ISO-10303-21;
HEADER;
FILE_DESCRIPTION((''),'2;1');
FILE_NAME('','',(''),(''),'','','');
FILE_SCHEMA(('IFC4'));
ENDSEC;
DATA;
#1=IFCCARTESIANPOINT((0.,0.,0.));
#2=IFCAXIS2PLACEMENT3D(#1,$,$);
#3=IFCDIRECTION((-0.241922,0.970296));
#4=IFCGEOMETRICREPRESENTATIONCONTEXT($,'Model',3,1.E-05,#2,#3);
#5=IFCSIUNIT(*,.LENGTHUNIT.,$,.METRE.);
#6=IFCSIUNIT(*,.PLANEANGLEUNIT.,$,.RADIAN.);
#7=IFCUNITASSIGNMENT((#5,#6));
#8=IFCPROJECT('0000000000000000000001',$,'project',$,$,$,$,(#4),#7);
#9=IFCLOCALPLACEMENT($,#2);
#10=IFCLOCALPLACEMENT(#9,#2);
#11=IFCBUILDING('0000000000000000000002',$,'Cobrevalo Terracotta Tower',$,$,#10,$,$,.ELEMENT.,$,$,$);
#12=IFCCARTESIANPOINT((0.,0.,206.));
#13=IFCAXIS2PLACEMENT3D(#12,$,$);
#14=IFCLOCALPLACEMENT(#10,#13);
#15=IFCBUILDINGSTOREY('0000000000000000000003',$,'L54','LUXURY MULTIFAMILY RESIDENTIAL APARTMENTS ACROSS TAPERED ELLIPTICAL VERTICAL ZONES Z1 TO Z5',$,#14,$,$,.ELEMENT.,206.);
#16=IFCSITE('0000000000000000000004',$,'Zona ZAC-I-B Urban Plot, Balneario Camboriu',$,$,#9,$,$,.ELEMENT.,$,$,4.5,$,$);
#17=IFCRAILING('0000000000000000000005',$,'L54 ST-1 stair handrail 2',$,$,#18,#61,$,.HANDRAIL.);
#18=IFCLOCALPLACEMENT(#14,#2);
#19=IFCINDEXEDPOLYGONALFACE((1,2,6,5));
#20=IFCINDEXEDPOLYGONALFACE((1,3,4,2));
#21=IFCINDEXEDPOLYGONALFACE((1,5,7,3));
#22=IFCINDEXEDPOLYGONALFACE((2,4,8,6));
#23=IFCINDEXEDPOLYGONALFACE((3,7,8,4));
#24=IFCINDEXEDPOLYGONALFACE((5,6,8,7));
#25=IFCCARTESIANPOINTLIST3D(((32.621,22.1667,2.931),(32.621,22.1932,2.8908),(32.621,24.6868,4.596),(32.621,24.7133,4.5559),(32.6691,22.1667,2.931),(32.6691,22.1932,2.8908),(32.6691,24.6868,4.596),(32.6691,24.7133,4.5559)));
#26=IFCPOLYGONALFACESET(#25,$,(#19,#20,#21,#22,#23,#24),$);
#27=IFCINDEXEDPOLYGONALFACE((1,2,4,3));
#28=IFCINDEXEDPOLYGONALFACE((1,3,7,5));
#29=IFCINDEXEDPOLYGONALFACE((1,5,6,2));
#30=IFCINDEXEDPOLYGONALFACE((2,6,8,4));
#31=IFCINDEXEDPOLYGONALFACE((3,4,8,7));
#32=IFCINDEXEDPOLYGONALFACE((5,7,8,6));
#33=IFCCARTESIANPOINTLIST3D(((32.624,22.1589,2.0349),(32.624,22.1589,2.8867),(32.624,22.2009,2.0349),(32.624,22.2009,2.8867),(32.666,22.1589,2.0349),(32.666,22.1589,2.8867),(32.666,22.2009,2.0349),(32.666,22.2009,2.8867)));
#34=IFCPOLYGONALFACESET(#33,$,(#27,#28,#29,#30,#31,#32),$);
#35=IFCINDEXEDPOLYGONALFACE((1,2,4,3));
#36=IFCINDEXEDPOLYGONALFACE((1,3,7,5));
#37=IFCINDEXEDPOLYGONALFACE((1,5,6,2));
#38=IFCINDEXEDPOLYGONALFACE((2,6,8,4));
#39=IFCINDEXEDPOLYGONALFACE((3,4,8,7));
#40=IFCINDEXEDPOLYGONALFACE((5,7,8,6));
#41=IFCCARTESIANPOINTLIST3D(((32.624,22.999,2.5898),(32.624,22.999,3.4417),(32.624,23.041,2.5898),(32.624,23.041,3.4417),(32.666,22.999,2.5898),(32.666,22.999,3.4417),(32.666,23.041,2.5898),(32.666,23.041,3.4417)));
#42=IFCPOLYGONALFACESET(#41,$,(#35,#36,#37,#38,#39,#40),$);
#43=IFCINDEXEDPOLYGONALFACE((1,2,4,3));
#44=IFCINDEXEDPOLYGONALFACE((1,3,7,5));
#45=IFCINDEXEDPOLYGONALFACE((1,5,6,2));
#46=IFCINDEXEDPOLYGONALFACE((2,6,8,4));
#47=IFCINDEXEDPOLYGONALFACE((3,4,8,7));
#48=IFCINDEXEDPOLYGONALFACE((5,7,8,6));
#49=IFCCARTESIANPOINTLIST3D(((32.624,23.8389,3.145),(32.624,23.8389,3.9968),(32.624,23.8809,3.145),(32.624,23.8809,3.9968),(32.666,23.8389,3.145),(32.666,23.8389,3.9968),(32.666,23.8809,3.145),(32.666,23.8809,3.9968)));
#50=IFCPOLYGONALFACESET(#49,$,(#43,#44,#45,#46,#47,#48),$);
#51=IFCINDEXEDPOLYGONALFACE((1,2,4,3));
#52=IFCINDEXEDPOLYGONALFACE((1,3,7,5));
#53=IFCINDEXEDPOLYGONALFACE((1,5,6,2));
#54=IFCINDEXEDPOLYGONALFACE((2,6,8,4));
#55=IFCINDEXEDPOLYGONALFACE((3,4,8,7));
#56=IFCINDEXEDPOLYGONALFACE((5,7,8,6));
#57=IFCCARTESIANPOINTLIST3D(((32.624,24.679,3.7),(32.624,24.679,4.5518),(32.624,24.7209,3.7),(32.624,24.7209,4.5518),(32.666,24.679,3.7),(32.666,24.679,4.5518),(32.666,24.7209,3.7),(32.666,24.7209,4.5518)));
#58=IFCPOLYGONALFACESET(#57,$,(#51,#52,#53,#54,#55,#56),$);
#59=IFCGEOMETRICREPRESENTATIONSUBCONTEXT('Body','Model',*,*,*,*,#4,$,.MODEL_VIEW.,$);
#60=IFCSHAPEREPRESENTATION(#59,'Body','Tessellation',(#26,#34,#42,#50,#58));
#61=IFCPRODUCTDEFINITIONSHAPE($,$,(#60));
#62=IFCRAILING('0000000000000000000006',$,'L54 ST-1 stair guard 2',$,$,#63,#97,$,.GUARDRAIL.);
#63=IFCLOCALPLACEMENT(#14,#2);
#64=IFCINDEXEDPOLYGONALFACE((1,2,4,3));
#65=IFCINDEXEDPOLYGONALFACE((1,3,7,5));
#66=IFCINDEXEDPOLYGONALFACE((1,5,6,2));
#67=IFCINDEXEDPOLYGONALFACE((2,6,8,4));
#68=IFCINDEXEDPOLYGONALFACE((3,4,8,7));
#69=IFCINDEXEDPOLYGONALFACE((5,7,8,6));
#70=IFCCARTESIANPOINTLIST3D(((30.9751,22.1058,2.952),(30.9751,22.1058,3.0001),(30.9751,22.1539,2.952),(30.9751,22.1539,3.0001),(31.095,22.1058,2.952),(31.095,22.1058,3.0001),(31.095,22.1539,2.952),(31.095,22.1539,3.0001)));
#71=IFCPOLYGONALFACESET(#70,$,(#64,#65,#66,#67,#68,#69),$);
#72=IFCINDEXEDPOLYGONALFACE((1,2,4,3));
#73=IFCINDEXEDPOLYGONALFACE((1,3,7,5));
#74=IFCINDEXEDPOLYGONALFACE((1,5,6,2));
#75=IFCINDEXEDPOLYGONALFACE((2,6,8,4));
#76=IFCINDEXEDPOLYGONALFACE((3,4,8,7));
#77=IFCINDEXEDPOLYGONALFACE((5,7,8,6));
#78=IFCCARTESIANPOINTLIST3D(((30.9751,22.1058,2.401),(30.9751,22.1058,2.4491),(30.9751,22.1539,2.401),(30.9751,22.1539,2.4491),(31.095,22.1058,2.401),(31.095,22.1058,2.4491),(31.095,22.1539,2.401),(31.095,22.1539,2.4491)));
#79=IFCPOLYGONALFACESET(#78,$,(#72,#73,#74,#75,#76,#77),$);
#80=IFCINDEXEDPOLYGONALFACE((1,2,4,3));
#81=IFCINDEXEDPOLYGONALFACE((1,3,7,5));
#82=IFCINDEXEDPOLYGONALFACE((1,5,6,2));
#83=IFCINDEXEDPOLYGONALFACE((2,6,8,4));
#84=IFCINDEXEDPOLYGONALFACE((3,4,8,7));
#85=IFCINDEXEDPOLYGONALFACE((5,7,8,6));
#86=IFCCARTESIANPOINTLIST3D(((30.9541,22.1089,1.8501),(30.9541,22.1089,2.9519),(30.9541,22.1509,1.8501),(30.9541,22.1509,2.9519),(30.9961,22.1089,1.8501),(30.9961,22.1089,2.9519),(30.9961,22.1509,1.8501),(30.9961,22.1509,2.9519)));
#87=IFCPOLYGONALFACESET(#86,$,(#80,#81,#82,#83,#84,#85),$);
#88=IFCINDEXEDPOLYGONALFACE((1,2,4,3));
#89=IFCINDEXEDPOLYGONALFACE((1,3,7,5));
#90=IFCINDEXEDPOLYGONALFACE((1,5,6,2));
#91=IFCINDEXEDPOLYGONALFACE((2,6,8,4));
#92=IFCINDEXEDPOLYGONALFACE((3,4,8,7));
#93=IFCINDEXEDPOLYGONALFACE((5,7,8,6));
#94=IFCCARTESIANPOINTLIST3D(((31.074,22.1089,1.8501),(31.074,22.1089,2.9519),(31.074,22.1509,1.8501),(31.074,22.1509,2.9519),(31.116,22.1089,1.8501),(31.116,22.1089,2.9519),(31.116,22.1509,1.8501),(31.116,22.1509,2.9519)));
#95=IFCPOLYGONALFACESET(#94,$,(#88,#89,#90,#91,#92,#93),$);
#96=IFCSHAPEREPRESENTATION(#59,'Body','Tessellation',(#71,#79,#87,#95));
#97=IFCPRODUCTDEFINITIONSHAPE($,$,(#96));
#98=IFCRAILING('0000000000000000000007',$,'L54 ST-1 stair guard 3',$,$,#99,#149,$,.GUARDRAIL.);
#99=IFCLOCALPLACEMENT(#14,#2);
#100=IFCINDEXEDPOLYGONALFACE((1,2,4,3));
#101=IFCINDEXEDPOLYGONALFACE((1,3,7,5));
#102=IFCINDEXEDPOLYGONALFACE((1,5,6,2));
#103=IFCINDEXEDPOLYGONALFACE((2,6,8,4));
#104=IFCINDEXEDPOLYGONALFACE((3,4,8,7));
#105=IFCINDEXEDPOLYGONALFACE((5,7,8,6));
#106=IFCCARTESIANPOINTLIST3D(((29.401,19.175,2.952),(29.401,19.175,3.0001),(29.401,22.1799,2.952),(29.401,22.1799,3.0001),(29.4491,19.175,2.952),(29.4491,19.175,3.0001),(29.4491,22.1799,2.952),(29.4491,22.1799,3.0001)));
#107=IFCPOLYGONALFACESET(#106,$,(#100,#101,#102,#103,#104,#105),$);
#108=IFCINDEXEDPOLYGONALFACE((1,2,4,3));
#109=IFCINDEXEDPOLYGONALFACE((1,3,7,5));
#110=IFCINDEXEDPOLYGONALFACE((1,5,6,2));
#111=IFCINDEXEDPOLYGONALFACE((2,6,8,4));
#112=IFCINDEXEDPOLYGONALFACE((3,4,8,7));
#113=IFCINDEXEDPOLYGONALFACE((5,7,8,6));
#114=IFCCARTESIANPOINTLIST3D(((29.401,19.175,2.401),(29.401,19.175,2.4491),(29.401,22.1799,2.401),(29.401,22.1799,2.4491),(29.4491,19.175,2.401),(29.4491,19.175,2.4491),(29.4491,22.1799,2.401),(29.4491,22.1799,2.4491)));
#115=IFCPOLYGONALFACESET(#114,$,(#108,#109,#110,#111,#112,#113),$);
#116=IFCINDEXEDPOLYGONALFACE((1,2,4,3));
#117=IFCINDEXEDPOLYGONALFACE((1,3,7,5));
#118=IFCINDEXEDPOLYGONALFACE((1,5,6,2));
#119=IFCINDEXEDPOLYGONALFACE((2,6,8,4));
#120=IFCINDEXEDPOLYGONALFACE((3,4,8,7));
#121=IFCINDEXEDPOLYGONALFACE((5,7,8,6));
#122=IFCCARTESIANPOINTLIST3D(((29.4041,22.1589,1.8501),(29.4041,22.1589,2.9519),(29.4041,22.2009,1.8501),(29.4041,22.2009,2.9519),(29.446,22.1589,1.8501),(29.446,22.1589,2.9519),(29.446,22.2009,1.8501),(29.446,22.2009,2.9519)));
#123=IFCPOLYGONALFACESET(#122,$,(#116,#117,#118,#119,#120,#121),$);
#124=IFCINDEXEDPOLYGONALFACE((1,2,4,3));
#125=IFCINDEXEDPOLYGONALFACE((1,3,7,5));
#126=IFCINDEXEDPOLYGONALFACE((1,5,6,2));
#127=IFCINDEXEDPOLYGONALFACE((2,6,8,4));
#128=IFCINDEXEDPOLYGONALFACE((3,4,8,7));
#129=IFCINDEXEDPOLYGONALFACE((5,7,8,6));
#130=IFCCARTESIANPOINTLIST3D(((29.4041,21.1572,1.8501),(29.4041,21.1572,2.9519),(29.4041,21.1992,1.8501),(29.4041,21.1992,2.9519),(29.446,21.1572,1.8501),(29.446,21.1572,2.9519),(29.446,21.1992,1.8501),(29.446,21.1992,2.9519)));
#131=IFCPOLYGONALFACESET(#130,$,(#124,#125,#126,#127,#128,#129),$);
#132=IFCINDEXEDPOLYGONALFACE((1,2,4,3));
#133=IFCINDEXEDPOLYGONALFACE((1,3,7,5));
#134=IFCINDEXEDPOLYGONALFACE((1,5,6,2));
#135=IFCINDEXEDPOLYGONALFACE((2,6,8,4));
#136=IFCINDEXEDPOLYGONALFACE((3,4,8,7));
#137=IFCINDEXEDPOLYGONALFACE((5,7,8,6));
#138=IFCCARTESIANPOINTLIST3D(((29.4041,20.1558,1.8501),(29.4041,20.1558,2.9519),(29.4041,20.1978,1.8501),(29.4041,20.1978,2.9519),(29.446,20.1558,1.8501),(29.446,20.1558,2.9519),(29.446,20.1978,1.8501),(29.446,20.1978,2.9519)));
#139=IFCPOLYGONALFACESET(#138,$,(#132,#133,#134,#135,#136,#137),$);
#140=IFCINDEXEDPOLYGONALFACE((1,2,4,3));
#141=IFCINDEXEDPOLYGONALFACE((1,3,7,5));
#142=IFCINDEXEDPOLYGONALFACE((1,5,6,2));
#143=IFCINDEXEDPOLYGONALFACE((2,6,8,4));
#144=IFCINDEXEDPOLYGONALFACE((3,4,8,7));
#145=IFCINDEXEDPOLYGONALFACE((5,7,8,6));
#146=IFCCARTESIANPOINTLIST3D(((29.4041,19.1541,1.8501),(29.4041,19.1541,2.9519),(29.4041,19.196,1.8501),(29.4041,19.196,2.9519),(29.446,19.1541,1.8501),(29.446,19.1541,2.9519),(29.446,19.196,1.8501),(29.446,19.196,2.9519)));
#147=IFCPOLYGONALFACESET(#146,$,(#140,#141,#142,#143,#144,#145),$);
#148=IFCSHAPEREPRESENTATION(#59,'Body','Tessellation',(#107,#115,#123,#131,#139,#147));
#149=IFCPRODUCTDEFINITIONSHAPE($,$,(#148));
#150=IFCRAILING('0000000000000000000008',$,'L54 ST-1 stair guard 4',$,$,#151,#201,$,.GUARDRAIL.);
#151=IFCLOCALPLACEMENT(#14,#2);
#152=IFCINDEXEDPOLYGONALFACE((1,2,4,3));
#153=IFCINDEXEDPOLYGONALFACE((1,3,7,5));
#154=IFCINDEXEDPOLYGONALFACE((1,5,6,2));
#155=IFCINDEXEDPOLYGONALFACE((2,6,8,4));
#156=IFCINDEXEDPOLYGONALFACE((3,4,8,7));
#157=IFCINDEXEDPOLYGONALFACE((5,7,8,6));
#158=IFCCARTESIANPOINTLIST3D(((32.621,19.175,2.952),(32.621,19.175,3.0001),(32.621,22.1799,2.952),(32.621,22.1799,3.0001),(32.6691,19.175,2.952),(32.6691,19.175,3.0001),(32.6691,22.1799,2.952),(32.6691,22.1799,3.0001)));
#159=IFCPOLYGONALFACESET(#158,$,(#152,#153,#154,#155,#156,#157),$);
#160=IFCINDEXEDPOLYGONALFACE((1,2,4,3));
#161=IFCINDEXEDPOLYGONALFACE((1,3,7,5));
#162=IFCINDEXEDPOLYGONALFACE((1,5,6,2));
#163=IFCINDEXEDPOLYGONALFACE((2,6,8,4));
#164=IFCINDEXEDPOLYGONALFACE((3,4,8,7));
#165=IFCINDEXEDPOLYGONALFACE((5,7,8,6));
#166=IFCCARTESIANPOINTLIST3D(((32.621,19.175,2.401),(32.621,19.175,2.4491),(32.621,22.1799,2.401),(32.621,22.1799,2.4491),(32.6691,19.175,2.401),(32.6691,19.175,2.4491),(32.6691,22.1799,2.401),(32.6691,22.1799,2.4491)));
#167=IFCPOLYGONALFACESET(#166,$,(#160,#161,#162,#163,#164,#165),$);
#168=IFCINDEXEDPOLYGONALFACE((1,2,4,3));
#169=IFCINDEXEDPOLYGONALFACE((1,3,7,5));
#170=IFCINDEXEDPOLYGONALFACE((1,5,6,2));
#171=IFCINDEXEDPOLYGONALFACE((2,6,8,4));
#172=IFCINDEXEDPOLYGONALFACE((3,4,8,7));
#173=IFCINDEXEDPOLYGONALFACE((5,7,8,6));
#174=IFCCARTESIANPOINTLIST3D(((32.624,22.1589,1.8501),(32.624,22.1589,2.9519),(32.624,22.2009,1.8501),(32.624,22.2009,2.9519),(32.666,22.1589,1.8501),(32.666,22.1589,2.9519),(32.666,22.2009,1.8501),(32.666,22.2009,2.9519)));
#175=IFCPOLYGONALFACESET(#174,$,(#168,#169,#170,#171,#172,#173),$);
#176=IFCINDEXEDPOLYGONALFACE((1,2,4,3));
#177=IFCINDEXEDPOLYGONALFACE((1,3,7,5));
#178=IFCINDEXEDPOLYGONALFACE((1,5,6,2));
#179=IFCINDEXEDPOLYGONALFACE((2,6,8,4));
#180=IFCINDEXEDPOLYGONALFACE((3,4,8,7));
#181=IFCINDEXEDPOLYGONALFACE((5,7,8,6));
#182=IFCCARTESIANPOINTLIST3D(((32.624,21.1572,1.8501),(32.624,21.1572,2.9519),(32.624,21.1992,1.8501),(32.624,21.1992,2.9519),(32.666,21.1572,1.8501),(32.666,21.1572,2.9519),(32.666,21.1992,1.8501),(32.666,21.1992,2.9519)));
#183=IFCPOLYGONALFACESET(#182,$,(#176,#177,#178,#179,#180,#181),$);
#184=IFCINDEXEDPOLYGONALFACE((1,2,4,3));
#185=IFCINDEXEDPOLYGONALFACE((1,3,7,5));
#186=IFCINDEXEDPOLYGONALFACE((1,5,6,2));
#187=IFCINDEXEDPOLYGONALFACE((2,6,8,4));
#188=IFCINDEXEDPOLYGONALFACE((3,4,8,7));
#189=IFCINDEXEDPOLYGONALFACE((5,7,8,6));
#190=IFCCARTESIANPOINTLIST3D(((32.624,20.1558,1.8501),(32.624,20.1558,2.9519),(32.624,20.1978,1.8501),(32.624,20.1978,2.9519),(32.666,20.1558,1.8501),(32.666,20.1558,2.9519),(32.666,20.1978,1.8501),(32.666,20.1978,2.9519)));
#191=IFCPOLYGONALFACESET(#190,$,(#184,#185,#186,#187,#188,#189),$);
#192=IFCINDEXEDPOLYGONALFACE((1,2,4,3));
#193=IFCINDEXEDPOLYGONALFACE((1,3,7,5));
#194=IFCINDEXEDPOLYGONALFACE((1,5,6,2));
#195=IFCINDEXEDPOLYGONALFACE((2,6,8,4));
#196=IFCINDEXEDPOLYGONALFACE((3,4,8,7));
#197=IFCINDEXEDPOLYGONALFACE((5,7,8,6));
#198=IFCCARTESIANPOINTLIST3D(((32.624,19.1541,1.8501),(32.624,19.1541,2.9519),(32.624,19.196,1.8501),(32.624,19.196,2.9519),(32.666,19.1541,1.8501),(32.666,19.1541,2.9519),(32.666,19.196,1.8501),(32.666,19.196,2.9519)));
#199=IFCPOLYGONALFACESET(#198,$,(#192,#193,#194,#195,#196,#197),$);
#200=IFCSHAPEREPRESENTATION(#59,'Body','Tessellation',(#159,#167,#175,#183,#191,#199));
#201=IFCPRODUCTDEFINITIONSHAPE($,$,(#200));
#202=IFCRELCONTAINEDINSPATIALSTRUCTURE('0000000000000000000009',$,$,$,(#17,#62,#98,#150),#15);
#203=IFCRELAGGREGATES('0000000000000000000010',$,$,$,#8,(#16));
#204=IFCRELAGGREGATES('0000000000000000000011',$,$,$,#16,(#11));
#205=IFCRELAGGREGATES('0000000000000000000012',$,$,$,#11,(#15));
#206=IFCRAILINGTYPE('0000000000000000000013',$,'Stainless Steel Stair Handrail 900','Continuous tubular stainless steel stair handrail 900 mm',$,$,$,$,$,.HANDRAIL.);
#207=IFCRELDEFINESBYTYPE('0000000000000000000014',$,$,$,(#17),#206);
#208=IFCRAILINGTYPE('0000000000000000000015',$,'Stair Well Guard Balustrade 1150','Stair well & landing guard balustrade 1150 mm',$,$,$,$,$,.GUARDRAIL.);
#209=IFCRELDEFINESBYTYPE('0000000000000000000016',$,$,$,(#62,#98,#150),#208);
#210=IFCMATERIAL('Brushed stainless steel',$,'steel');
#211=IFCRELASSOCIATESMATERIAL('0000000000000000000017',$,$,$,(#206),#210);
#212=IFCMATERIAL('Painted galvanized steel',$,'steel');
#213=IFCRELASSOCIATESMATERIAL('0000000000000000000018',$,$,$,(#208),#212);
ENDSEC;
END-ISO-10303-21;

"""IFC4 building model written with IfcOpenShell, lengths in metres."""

from ifc_helpers import new_model, si_unit, direction, frame, origin, origin_2d, place, context, subcontext, project, spatial, rectangle, extrude, material, type_object, element, save


model = new_model("IFC4")

# Units and contexts
model_context = context("Model", 3, precision=1e-05, world=origin(), true_north=direction((-0.241922, 0.970296)))
body_context = subcontext(model_context, "Body", "Model", "MODEL_VIEW")
ifc_project = project(units=[si_unit("LENGTHUNIT", "METRE"), si_unit("PLANEANGLEUNIT", "RADIAN")], contexts=[model_context])

# Site, building, storey
site_placement = place(None, origin())
site = spatial("IfcSite", under=ifc_project, at=site_placement, Name="Zona ZAC-I-B Urban Plot, Balneario Camboriu", CompositionType="ELEMENT", RefElevation=4.5)
building_placement = place(site_placement, origin())
building = spatial("IfcBuilding", under=site, at=building_placement, Name="Cobrevalo Terracotta Tower", CompositionType="ELEMENT")
storey_placement = place(building_placement, frame((0.0, 0.0, 206.0)))
storey = spatial("IfcBuildingStorey", under=building, at=storey_placement, Name="L54", Description="LUXURY MULTIFAMILY RESIDENTIAL APARTMENTS ACROSS TAPERED ELLIPTICAL VERTICAL ZONES Z1 TO Z5", CompositionType="ELEMENT", Elevation=206.0)

# Railings
ifc_material_1 = material(Name="Brushed stainless steel", Category="steel")
railing_type_1 = type_object("IfcRailingType", Name="Stainless Steel Stair Handrail 900", Description="Continuous tubular stainless steel stair handrail 900 mm", PredefinedType="HANDRAIL", material=ifc_material_1)
railing_1_placement = place(storey_placement, frame((32.645, 22.1799, 2.0349)))
element("IfcRailing", 1, at=railing_1_placement, inside=storey, type_object=railing_type_1, Name="L54 ST-1 stair handrail 2", PredefinedType="HANDRAIL", context=body_context, shape_type="SweptSolid", body=[
    extrude(rectangle(XDim=0.0481, YDim=0.0481, at=origin_2d()), frame((0.0, 0.0, 0.876), z_axis=(0.0, 0.834331, 0.551263), x_axis=(-1.0, 0.0, 0.0)), (0.0, 0.0, 1.0), 3.0205),
    extrude(rectangle(XDim=0.042, YDim=0.042, at=origin_2d()), origin(), (0.0, 0.0, 1.0), 0.8518),
    extrude(rectangle(XDim=0.042, YDim=0.042, at=origin_2d()), frame((0.0, 0.8401, 0.5549)), (0.0, 0.0, 1.0), 0.8518),
    extrude(rectangle(XDim=0.042, YDim=0.042, at=origin_2d()), frame((0.0, 1.6799, 1.1101)), (0.0, 0.0, 1.0), 0.8518),
    extrude(rectangle(XDim=0.042, YDim=0.042, at=origin_2d()), frame((0.0, 2.52, 1.665)), (0.0, 0.0, 1.0), 0.8518),
])
ifc_material_2 = material(Name="Painted galvanized steel", Category="steel")
railing_type_2 = type_object("IfcRailingType", Name="Stair Well Guard Balustrade 1150", Description="Stair well & landing guard balustrade 1150 mm", PredefinedType="GUARDRAIL", material=ifc_material_2)
railing_2_placement = place(storey_placement, frame((30.9751, 22.1299, 1.8501)))
element("IfcRailing", 2, at=railing_2_placement, inside=storey, type_object=railing_type_2, Name="L54 ST-1 stair guard 2", PredefinedType="GUARDRAIL", context=body_context, shape_type="SweptSolid", body=[
    extrude(rectangle(XDim=0.0481, YDim=0.0481, at=origin_2d()), frame((0.0, 0.0, 1.126), z_axis=(1.0, 0.0, 0.0), x_axis=(0.0, 1.0, 0.0)), (0.0, 0.0, 1.0), 0.1199),
    extrude(rectangle(XDim=0.0481, YDim=0.0481, at=origin_2d()), frame((0.0, 0.0, 0.575), z_axis=(1.0, 0.0, 0.0), x_axis=(0.0, 1.0, 0.0)), (0.0, 0.0, 1.0), 0.1199),
    extrude(rectangle(XDim=0.042, YDim=0.042, at=origin_2d()), origin(), (0.0, 0.0, 1.0), 1.1018),
    extrude(rectangle(XDim=0.042, YDim=0.042, at=origin_2d()), frame((0.1199, 0.0, 0.0)), (0.0, 0.0, 1.0), 1.1018),
])
for number, where, name in (
    (3, (29.425, 22.1799, 1.8501), "L54 ST-1 stair guard 3"),
    (4, (32.645, 22.1799, 1.8501), "L54 ST-1 stair guard 4"),
):
    element("IfcRailing", number, at=place(storey_placement, frame(where)), inside=storey, type_object=railing_type_2, Name=name, PredefinedType="GUARDRAIL", context=body_context, shape_type="SweptSolid", body=[
        extrude(rectangle(XDim=0.0481, YDim=0.0481, at=origin_2d()), frame((0.0, 0.0, 1.126), z_axis=(0.0, -1.0, 0.0), x_axis=(1.0, 0.0, 0.0)), (0.0, 0.0, 1.0), 3.0049),
        extrude(rectangle(XDim=0.0481, YDim=0.0481, at=origin_2d()), frame((0.0, 0.0, 0.575), z_axis=(0.0, -1.0, 0.0), x_axis=(1.0, 0.0, 0.0)), (0.0, 0.0, 1.0), 3.0049),
        extrude(rectangle(XDim=0.042, YDim=0.042, at=origin_2d()), origin(), (0.0, 0.0, 1.0), 1.1018),
        extrude(rectangle(XDim=0.042, YDim=0.042, at=origin_2d()), frame((0.0, -1.0017, 0.0)), (0.0, 0.0, 1.0), 1.1018),
        extrude(rectangle(XDim=0.042, YDim=0.042, at=origin_2d()), frame((0.0, -2.0032, 0.0)), (0.0, 0.0, 1.0), 1.1018),
        extrude(rectangle(XDim=0.042, YDim=0.042, at=origin_2d()), frame((0.0, -3.0049, 0.0)), (0.0, 0.0, 1.0), 1.1018),
    ])

save(model, "model.ifc")
